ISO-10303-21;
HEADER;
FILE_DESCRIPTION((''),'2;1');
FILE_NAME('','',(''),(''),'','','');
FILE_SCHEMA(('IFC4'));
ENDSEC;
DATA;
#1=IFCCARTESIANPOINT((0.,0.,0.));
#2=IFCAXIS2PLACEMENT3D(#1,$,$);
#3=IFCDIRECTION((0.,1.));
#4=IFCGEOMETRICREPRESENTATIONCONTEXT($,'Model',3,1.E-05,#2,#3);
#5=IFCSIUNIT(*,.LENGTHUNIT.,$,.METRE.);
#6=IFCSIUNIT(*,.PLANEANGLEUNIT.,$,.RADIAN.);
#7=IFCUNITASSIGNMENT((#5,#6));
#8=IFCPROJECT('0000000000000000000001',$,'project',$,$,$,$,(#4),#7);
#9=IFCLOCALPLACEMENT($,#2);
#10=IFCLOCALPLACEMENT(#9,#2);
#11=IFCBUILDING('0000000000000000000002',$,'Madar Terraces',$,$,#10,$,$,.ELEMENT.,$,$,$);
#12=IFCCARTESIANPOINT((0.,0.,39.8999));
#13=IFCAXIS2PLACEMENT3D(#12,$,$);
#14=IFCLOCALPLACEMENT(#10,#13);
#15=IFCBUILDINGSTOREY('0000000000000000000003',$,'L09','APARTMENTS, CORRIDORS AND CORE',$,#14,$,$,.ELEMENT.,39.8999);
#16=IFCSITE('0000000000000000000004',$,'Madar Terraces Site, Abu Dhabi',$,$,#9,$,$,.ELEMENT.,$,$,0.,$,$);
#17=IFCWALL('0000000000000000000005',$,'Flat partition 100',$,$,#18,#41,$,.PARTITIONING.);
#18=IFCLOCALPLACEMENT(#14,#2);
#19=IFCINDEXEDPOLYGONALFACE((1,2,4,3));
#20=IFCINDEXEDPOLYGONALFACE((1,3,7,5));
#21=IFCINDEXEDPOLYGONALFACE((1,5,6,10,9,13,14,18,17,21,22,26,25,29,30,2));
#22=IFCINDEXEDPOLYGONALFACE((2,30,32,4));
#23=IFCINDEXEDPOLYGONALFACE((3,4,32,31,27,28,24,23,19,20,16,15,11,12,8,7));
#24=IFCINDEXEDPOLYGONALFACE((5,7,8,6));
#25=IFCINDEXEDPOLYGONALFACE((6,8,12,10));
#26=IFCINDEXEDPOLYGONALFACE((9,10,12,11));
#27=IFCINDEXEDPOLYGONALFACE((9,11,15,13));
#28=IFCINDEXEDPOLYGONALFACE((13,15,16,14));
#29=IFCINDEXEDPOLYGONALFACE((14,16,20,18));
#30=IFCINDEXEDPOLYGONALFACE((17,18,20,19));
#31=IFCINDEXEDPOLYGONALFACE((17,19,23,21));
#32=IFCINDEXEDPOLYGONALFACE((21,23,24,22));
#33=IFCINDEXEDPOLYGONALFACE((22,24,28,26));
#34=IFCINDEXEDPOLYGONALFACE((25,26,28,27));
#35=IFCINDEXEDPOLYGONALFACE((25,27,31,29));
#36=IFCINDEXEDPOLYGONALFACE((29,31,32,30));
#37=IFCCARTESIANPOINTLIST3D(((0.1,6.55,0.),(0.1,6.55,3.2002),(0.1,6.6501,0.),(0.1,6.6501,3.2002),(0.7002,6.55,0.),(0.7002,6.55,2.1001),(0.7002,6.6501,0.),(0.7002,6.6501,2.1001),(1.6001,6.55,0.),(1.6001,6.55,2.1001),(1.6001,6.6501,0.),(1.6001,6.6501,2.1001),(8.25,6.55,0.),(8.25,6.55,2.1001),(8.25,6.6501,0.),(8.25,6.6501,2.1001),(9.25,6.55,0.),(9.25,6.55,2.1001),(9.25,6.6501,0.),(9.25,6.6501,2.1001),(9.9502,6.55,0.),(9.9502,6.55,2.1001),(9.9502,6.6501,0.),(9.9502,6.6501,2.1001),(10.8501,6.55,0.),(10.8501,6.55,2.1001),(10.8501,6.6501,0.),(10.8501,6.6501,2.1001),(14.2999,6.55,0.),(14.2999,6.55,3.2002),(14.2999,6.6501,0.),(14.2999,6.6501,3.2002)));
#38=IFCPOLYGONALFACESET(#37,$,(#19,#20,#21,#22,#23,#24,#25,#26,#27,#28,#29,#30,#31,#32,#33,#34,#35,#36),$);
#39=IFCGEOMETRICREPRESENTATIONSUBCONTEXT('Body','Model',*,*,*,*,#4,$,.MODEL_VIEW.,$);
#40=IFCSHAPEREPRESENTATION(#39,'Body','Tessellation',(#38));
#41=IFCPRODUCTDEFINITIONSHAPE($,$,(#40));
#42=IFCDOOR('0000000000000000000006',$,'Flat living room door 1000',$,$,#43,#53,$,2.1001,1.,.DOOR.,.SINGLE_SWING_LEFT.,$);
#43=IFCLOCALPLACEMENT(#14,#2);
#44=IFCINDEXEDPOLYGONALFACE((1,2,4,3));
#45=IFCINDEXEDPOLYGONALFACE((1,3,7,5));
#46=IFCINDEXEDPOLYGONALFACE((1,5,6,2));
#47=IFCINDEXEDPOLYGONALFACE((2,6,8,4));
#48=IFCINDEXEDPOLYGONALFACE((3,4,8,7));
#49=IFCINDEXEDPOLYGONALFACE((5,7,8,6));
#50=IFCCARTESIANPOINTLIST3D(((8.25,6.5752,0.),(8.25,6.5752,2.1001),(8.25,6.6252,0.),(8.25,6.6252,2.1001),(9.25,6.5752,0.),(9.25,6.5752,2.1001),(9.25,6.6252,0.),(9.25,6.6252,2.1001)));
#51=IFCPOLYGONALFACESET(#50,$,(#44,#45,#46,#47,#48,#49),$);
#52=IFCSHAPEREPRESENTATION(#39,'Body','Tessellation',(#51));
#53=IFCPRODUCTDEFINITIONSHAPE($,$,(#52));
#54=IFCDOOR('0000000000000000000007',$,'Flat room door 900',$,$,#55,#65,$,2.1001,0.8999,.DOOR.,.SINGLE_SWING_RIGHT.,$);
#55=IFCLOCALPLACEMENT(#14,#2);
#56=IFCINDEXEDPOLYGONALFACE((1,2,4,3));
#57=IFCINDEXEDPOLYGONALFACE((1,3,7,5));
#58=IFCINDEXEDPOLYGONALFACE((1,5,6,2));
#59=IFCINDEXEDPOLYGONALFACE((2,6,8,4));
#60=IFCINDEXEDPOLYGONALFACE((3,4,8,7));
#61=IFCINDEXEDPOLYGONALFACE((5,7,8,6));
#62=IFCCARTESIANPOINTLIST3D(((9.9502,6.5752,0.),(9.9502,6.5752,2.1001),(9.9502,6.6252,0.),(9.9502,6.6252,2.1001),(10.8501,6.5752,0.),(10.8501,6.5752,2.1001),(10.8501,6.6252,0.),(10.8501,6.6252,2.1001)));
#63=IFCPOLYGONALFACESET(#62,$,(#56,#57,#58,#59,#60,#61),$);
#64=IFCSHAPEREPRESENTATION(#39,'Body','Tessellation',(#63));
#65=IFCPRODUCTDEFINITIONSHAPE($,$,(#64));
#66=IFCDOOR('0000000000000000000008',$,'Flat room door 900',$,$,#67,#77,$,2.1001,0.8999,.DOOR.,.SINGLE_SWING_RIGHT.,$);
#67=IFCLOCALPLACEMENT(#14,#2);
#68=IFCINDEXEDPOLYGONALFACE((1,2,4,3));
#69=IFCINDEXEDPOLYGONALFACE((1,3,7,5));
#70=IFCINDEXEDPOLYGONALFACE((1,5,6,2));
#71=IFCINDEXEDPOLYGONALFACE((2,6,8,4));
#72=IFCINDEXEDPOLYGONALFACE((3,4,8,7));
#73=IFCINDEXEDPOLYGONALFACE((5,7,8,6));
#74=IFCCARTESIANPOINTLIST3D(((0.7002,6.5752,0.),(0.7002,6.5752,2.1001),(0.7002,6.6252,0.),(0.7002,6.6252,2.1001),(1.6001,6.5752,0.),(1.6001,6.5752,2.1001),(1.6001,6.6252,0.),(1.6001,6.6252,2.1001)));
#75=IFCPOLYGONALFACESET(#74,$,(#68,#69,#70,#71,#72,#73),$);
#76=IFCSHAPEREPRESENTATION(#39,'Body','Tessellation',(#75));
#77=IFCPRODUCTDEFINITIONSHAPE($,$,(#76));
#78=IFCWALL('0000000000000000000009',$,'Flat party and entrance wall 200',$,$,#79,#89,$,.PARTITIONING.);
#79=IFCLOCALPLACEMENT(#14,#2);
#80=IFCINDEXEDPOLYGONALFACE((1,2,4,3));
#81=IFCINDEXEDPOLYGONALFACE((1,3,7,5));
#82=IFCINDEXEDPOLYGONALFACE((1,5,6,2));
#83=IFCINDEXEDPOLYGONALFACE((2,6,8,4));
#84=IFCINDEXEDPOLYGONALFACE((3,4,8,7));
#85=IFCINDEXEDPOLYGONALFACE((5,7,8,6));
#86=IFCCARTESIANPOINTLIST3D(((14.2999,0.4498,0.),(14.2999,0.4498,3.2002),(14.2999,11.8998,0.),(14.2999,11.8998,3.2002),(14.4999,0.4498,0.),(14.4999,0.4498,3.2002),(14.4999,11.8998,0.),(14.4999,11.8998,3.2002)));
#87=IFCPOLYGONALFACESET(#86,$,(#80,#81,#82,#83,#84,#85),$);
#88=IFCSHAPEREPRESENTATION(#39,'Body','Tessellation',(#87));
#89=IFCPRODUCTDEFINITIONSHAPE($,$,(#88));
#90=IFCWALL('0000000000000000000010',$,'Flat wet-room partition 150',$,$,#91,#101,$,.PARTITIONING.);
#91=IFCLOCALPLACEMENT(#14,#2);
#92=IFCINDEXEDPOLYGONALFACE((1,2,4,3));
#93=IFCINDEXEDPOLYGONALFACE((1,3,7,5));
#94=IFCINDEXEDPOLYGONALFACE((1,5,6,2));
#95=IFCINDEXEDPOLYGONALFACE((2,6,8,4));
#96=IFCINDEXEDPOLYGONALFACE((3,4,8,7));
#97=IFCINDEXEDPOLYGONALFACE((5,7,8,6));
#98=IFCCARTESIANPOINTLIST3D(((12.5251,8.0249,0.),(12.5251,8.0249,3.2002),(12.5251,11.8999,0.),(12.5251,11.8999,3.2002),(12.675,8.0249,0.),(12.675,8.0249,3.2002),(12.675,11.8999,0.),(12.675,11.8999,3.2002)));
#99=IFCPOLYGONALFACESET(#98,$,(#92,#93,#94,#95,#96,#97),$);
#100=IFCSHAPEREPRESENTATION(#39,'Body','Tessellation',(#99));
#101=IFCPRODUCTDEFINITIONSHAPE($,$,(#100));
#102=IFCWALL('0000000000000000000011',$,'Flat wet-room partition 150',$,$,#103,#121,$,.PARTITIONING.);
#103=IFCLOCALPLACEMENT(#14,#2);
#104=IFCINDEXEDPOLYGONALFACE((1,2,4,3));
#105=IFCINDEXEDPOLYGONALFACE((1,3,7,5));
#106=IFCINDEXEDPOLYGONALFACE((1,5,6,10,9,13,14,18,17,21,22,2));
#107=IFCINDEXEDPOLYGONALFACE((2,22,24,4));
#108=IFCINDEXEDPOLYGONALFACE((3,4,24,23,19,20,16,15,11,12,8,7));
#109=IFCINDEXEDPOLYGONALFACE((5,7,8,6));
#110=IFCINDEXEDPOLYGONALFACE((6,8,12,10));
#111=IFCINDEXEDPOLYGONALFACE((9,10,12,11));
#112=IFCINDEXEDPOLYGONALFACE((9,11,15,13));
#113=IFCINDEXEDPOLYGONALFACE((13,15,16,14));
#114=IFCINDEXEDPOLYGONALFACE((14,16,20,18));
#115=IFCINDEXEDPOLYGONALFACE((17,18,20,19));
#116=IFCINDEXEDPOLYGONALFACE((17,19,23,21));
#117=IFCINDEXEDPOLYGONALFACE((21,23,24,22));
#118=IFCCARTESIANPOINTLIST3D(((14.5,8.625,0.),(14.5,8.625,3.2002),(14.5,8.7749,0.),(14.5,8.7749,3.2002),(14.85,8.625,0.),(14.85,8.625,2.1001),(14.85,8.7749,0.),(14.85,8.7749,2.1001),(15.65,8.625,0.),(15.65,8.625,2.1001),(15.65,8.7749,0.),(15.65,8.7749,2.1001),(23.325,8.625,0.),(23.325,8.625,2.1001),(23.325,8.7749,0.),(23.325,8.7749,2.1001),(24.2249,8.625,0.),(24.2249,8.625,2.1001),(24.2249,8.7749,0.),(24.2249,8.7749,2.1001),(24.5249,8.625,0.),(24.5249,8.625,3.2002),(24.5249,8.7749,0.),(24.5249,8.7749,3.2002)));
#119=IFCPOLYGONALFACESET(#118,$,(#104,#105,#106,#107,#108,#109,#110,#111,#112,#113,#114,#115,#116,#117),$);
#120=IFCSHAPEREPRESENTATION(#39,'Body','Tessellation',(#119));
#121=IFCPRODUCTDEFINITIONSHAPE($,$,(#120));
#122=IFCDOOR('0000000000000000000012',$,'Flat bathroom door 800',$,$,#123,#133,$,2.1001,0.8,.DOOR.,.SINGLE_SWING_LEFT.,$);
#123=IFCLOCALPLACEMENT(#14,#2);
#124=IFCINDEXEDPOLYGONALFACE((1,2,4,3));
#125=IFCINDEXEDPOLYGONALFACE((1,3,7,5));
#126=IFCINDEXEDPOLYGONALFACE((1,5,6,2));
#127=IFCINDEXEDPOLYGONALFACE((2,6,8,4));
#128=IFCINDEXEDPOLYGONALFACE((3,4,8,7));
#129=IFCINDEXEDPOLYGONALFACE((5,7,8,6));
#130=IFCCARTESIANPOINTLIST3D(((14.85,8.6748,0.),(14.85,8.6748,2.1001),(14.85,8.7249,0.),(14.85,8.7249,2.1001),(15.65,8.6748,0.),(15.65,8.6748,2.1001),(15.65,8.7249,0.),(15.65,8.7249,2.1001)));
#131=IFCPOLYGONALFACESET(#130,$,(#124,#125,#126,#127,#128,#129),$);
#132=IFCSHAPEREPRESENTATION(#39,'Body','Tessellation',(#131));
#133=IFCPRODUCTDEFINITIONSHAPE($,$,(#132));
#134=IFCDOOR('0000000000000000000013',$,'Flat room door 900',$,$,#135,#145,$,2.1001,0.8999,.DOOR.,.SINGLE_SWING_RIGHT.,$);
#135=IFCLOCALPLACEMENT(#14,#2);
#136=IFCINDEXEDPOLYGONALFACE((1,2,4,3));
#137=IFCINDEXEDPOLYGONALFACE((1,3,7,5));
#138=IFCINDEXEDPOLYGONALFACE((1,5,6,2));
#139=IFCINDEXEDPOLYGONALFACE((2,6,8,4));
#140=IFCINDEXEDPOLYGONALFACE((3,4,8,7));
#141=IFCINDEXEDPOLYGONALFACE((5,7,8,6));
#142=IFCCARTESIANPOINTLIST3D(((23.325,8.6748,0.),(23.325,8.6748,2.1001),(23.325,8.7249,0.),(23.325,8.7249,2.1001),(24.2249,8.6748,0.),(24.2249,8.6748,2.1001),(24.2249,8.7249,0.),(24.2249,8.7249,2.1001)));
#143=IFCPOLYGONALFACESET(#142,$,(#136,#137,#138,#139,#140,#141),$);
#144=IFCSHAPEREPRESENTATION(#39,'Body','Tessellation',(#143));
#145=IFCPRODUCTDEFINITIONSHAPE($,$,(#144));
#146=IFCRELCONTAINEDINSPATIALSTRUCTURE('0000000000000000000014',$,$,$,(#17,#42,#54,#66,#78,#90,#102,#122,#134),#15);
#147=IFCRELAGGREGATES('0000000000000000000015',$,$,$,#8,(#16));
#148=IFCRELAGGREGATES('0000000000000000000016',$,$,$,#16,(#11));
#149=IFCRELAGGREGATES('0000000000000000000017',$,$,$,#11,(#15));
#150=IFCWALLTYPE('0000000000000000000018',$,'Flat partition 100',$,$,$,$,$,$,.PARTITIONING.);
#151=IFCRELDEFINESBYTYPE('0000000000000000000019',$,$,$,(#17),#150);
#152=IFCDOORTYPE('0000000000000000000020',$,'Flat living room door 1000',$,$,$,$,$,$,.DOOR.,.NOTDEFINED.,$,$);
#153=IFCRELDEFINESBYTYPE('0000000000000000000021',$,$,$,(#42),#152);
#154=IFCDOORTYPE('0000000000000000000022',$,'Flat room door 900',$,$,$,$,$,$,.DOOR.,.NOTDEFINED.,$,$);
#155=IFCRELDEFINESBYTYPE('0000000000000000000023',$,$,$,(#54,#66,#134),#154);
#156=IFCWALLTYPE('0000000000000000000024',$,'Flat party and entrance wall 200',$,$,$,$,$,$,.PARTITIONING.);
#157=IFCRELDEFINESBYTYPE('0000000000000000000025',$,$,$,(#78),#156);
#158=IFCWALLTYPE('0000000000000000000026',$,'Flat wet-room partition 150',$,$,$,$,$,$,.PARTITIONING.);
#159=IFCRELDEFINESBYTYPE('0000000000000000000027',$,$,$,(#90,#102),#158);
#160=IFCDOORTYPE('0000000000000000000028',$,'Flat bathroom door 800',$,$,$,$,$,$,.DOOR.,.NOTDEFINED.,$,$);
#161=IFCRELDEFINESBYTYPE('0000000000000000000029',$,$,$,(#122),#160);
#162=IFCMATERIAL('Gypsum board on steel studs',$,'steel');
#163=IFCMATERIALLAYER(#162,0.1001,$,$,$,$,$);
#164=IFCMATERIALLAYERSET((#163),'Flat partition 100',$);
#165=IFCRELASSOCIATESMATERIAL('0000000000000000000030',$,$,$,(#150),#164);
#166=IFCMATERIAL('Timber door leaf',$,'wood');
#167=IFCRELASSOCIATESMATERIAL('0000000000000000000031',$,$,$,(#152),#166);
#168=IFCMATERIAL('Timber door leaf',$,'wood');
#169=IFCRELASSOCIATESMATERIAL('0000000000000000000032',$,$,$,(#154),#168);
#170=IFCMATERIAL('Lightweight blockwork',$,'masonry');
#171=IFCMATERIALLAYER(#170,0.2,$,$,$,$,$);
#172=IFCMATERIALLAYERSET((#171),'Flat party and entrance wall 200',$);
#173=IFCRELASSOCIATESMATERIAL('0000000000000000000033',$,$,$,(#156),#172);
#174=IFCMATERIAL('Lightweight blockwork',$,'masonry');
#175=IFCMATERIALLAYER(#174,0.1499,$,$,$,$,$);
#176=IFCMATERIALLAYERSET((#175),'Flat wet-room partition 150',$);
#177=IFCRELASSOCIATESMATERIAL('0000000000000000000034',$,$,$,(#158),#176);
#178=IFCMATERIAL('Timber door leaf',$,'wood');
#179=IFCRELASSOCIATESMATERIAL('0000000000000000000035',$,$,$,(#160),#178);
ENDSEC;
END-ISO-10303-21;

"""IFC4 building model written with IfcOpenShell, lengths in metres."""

from ifc_helpers import new_model, si_unit, direction, frame, frame_2d, origin, place, context, subcontext, project, spatial, rectangle, extrude, material, layer, layer_set, type_object, element, fill, save


model = new_model("IFC4")

# Units and contexts
model_context = context("Model", 3, precision=1e-05, world=origin(), true_north=direction((0.0, 1.0)))
body_context = subcontext(model_context, "Body", "Model", "MODEL_VIEW")
ifc_project = project(units=[si_unit("LENGTHUNIT", "METRE"), si_unit("PLANEANGLEUNIT", "RADIAN")], contexts=[model_context])

# Site, building, storey
site_placement = place(None, origin())
site = spatial("IfcSite", under=ifc_project, at=site_placement, Name="Madar Terraces Site, Abu Dhabi", CompositionType="ELEMENT", RefElevation=0.0)
building_placement = place(site_placement, origin())
building = spatial("IfcBuilding", under=site, at=building_placement, Name="Madar Terraces", CompositionType="ELEMENT")
storey_placement = place(building_placement, frame((0.0, 0.0, 39.8999)))
storey = spatial("IfcBuildingStorey", under=building, at=storey_placement, Name="L09", Description="APARTMENTS, CORRIDORS AND CORE", CompositionType="ELEMENT", Elevation=39.8999)

# Wall, openings, doors
ifc_material_1 = material(Name="Gypsum board on steel studs", Category="steel")
ifc_layer_1 = layer(ifc_material_1, 0.1001)
ifc_layer_set_1 = layer_set([ifc_layer_1], Name="Flat partition 100")
wall_type_1 = type_object("IfcWallType", Name="Flat partition 100", PredefinedType="PARTITIONING", material=ifc_layer_set_1)
wall_1_placement = place(storey_placement, frame((14.3, 6.6001, 0.0), z_axis=(0.0, 0.0, 1.0), x_axis=(-1.0, 0.0, 0.0)))
wall_1 = element("IfcWall", 1, at=wall_1_placement, inside=storey, type_object=wall_type_1, Name="Flat partition 100", PredefinedType="PARTITIONING", context=body_context, shape_type="SweptSolid", body=[
    extrude(rectangle(XDim=14.2, YDim=0.1001, at=frame_2d((7.1001, 0.0))), origin(), (0.0, 0.0, 1.0), 3.2002),
])
opening_1_placement = place(wall_1_placement, frame((3.45, 0.0, 0.0)))
opening_1 = element("IfcOpeningElement", 2, at=opening_1_placement, cuts=wall_1, PredefinedType="OPENING", context=body_context, shape_type="SweptSolid", body=[
    extrude(rectangle(XDim=0.8999, YDim=2.1001, at=frame_2d((0.45, 1.05))), frame((0.0, 0.0601, 0.0), z_axis=(0.0, -1.0, 0.0), x_axis=(1.0, 0.0, 0.0)), (0.0, 0.0, 1.0), 0.1201),
])
opening_2_placement = place(wall_1_placement, frame((5.05, 0.0, 0.0)))
opening_2 = element("IfcOpeningElement", 3, at=opening_2_placement, cuts=wall_1, PredefinedType="OPENING", context=body_context, shape_type="SweptSolid", body=[
    extrude(rectangle(XDim=1.0, YDim=2.1001, at=frame_2d((0.5, 1.05))), frame((0.0, 0.0601, 0.0), z_axis=(0.0, -1.0, 0.0), x_axis=(1.0, 0.0, 0.0)), (0.0, 0.0, 1.0), 0.1201),
])
opening_3_placement = place(wall_1_placement, frame((12.7, 0.0, 0.0)))
opening_3 = element("IfcOpeningElement", 4, at=opening_3_placement, cuts=wall_1, PredefinedType="OPENING", context=body_context, shape_type="SweptSolid", body=[
    extrude(rectangle(XDim=0.8999, YDim=2.1001, at=frame_2d((0.45, 1.05))), frame((0.0, 0.0601, 0.0), z_axis=(0.0, -1.0, 0.0), x_axis=(1.0, 0.0, 0.0)), (0.0, 0.0, 1.0), 0.1201),
])
ifc_material_2 = material(Name="Timber door leaf", Category="wood")
door_type_1 = type_object("IfcDoorType", Name="Flat living room door 1000", OperationType="NOTDEFINED", PredefinedType="DOOR", material=ifc_material_2)
door_1_placement = place(opening_2_placement, origin())
door_1 = element("IfcDoor", 5, at=door_1_placement, inside=storey, type_object=door_type_1, Name="Flat living room door 1000", OperationType="SINGLE_SWING_LEFT", OverallHeight=2.1001, OverallWidth=1.0, PredefinedType="DOOR", context=body_context, shape_type="SweptSolid", body=[
    extrude(rectangle(XDim=1.0, YDim=2.1001, at=frame_2d((0.5, 1.05))), frame((0.0, 0.0249, 0.0), z_axis=(0.0, -1.0, 0.0), x_axis=(1.0, 0.0, 0.0)), (0.0, 0.0, 1.0), 0.05),
])
fill(opening_2, door_1)
ifc_material_3 = material(Name="Timber door leaf", Category="wood")
door_type_2 = type_object("IfcDoorType", Name="Flat room door 900", OperationType="NOTDEFINED", PredefinedType="DOOR", material=ifc_material_3)
door_2_placement = place(opening_1_placement, origin())
door_2 = element("IfcDoor", 6, at=door_2_placement, inside=storey, type_object=door_type_2, Name="Flat room door 900", OperationType="SINGLE_SWING_RIGHT", OverallHeight=2.1001, OverallWidth=0.8999, PredefinedType="DOOR", context=body_context, shape_type="SweptSolid", body=[
    extrude(rectangle(XDim=0.8999, YDim=2.1001, at=frame_2d((0.45, 1.05))), frame((0.0, 0.0249, 0.0), z_axis=(0.0, -1.0, 0.0), x_axis=(1.0, 0.0, 0.0)), (0.0, 0.0, 1.0), 0.05),
])
fill(opening_1, door_2)
door_3_placement = place(opening_3_placement, origin())
door_3 = element("IfcDoor", 7, at=door_3_placement, inside=storey, type_object=door_type_2, Name="Flat room door 900", OperationType="SINGLE_SWING_RIGHT", OverallHeight=2.1001, OverallWidth=0.8999, PredefinedType="DOOR", context=body_context, shape_type="SweptSolid", body=[
    extrude(rectangle(XDim=0.8999, YDim=2.1001, at=frame_2d((0.45, 1.05))), frame((0.0, 0.0249, 0.0), z_axis=(0.0, -1.0, 0.0), x_axis=(1.0, 0.0, 0.0)), (0.0, 0.0, 1.0), 0.05),
])
fill(opening_3, door_3)

# Walls
ifc_material_4 = material(Name="Lightweight blockwork", Category="masonry")
ifc_layer_2 = layer(ifc_material_4, 0.2)
ifc_layer_set_2 = layer_set([ifc_layer_2], Name="Flat party and entrance wall 200")
wall_type_2 = type_object("IfcWallType", Name="Flat party and entrance wall 200", PredefinedType="PARTITIONING", material=ifc_layer_set_2)
wall_2_placement = place(storey_placement, frame((14.3999, 11.8999, 0.0), z_axis=(0.0, 0.0, 1.0), x_axis=(0.0, -1.0, 0.0)))
element("IfcWall", 8, at=wall_2_placement, inside=storey, type_object=wall_type_2, Name="Flat party and entrance wall 200", PredefinedType="PARTITIONING", context=body_context, shape_type="SweptSolid", body=[
    extrude(rectangle(XDim=11.45, YDim=0.2, at=frame_2d((5.7251, 0.0))), origin(), (0.0, 0.0, 1.0), 3.2002),
])
ifc_material_5 = material(Name="Lightweight blockwork", Category="masonry")
ifc_layer_3 = layer(ifc_material_5, 0.1499)
ifc_layer_set_3 = layer_set([ifc_layer_3], Name="Flat wet-room partition 150")
wall_type_3 = type_object("IfcWallType", Name="Flat wet-room partition 150", PredefinedType="PARTITIONING", material=ifc_layer_set_3)
wall_3_placement = place(storey_placement, frame((12.6001, 11.8999, 0.0), z_axis=(0.0, 0.0, 1.0), x_axis=(0.0, -1.0, 0.0)))
element("IfcWall", 9, at=wall_3_placement, inside=storey, type_object=wall_type_3, Name="Flat wet-room partition 150", PredefinedType="PARTITIONING", context=body_context, shape_type="SweptSolid", body=[
    extrude(rectangle(XDim=3.875, YDim=0.1499, at=frame_2d((1.9375, 0.0))), origin(), (0.0, 0.0, 1.0), 3.2002),
])

# Wall, openings, doors
wall_4_placement = place(storey_placement, frame((14.5, 8.7, 0.0), z_axis=(0.0, 0.0, 1.0), x_axis=(1.0, 0.0, 0.0)))
wall_4 = element("IfcWall", 10, at=wall_4_placement, inside=storey, type_object=wall_type_3, Name="Flat wet-room partition 150", PredefinedType="PARTITIONING", context=body_context, shape_type="SweptSolid", body=[
    extrude(rectangle(XDim=10.0249, YDim=0.1499, at=frame_2d((5.0125, 0.0))), origin(), (0.0, 0.0, 1.0), 3.2002),
])
opening_4_placement = place(wall_4_placement, frame((8.825, 0.0, 0.0)))
opening_4 = element("IfcOpeningElement", 11, at=opening_4_placement, cuts=wall_4, PredefinedType="OPENING", context=body_context, shape_type="SweptSolid", body=[
    extrude(rectangle(XDim=0.8999, YDim=2.1001, at=frame_2d((0.45, 1.05))), frame((0.0, 0.085, 0.0), z_axis=(0.0, -1.0, 0.0), x_axis=(1.0, 0.0, 0.0)), (0.0, 0.0, 1.0), 0.1699),
])
opening_5_placement = place(wall_4_placement, frame((0.3501, 0.0, 0.0)))
opening_5 = element("IfcOpeningElement", 12, at=opening_5_placement, cuts=wall_4, PredefinedType="OPENING", context=body_context, shape_type="SweptSolid", body=[
    extrude(rectangle(XDim=0.8, YDim=2.1001, at=frame_2d((0.3999, 1.05))), frame((0.0, 0.085, 0.0), z_axis=(0.0, -1.0, 0.0), x_axis=(1.0, 0.0, 0.0)), (0.0, 0.0, 1.0), 0.1699),
])
ifc_material_6 = material(Name="Timber door leaf", Category="wood")
door_type_3 = type_object("IfcDoorType", Name="Flat bathroom door 800", OperationType="NOTDEFINED", PredefinedType="DOOR", material=ifc_material_6)
door_4_placement = place(opening_5_placement, origin())
door_4 = element("IfcDoor", 13, at=door_4_placement, inside=storey, type_object=door_type_3, Name="Flat bathroom door 800", OperationType="SINGLE_SWING_LEFT", OverallHeight=2.1001, OverallWidth=0.8, PredefinedType="DOOR", context=body_context, shape_type="SweptSolid", body=[
    extrude(rectangle(XDim=0.8, YDim=2.1001, at=frame_2d((0.3999, 1.05))), frame((0.0, 0.0249, 0.0), z_axis=(0.0, -1.0, 0.0), x_axis=(1.0, 0.0, 0.0)), (0.0, 0.0, 1.0), 0.05),
])
fill(opening_5, door_4)
door_5_placement = place(opening_4_placement, origin())
door_5 = element("IfcDoor", 14, at=door_5_placement, inside=storey, type_object=door_type_2, Name="Flat room door 900", OperationType="SINGLE_SWING_RIGHT", OverallHeight=2.1001, OverallWidth=0.8999, PredefinedType="DOOR", context=body_context, shape_type="SweptSolid", body=[
    extrude(rectangle(XDim=0.8999, YDim=2.1001, at=frame_2d((0.45, 1.05))), frame((0.0, 0.0249, 0.0), z_axis=(0.0, -1.0, 0.0), x_axis=(1.0, 0.0, 0.0)), (0.0, 0.0, 1.0), 0.05),
])
fill(opening_4, door_5)

save(model, "model.ifc")
